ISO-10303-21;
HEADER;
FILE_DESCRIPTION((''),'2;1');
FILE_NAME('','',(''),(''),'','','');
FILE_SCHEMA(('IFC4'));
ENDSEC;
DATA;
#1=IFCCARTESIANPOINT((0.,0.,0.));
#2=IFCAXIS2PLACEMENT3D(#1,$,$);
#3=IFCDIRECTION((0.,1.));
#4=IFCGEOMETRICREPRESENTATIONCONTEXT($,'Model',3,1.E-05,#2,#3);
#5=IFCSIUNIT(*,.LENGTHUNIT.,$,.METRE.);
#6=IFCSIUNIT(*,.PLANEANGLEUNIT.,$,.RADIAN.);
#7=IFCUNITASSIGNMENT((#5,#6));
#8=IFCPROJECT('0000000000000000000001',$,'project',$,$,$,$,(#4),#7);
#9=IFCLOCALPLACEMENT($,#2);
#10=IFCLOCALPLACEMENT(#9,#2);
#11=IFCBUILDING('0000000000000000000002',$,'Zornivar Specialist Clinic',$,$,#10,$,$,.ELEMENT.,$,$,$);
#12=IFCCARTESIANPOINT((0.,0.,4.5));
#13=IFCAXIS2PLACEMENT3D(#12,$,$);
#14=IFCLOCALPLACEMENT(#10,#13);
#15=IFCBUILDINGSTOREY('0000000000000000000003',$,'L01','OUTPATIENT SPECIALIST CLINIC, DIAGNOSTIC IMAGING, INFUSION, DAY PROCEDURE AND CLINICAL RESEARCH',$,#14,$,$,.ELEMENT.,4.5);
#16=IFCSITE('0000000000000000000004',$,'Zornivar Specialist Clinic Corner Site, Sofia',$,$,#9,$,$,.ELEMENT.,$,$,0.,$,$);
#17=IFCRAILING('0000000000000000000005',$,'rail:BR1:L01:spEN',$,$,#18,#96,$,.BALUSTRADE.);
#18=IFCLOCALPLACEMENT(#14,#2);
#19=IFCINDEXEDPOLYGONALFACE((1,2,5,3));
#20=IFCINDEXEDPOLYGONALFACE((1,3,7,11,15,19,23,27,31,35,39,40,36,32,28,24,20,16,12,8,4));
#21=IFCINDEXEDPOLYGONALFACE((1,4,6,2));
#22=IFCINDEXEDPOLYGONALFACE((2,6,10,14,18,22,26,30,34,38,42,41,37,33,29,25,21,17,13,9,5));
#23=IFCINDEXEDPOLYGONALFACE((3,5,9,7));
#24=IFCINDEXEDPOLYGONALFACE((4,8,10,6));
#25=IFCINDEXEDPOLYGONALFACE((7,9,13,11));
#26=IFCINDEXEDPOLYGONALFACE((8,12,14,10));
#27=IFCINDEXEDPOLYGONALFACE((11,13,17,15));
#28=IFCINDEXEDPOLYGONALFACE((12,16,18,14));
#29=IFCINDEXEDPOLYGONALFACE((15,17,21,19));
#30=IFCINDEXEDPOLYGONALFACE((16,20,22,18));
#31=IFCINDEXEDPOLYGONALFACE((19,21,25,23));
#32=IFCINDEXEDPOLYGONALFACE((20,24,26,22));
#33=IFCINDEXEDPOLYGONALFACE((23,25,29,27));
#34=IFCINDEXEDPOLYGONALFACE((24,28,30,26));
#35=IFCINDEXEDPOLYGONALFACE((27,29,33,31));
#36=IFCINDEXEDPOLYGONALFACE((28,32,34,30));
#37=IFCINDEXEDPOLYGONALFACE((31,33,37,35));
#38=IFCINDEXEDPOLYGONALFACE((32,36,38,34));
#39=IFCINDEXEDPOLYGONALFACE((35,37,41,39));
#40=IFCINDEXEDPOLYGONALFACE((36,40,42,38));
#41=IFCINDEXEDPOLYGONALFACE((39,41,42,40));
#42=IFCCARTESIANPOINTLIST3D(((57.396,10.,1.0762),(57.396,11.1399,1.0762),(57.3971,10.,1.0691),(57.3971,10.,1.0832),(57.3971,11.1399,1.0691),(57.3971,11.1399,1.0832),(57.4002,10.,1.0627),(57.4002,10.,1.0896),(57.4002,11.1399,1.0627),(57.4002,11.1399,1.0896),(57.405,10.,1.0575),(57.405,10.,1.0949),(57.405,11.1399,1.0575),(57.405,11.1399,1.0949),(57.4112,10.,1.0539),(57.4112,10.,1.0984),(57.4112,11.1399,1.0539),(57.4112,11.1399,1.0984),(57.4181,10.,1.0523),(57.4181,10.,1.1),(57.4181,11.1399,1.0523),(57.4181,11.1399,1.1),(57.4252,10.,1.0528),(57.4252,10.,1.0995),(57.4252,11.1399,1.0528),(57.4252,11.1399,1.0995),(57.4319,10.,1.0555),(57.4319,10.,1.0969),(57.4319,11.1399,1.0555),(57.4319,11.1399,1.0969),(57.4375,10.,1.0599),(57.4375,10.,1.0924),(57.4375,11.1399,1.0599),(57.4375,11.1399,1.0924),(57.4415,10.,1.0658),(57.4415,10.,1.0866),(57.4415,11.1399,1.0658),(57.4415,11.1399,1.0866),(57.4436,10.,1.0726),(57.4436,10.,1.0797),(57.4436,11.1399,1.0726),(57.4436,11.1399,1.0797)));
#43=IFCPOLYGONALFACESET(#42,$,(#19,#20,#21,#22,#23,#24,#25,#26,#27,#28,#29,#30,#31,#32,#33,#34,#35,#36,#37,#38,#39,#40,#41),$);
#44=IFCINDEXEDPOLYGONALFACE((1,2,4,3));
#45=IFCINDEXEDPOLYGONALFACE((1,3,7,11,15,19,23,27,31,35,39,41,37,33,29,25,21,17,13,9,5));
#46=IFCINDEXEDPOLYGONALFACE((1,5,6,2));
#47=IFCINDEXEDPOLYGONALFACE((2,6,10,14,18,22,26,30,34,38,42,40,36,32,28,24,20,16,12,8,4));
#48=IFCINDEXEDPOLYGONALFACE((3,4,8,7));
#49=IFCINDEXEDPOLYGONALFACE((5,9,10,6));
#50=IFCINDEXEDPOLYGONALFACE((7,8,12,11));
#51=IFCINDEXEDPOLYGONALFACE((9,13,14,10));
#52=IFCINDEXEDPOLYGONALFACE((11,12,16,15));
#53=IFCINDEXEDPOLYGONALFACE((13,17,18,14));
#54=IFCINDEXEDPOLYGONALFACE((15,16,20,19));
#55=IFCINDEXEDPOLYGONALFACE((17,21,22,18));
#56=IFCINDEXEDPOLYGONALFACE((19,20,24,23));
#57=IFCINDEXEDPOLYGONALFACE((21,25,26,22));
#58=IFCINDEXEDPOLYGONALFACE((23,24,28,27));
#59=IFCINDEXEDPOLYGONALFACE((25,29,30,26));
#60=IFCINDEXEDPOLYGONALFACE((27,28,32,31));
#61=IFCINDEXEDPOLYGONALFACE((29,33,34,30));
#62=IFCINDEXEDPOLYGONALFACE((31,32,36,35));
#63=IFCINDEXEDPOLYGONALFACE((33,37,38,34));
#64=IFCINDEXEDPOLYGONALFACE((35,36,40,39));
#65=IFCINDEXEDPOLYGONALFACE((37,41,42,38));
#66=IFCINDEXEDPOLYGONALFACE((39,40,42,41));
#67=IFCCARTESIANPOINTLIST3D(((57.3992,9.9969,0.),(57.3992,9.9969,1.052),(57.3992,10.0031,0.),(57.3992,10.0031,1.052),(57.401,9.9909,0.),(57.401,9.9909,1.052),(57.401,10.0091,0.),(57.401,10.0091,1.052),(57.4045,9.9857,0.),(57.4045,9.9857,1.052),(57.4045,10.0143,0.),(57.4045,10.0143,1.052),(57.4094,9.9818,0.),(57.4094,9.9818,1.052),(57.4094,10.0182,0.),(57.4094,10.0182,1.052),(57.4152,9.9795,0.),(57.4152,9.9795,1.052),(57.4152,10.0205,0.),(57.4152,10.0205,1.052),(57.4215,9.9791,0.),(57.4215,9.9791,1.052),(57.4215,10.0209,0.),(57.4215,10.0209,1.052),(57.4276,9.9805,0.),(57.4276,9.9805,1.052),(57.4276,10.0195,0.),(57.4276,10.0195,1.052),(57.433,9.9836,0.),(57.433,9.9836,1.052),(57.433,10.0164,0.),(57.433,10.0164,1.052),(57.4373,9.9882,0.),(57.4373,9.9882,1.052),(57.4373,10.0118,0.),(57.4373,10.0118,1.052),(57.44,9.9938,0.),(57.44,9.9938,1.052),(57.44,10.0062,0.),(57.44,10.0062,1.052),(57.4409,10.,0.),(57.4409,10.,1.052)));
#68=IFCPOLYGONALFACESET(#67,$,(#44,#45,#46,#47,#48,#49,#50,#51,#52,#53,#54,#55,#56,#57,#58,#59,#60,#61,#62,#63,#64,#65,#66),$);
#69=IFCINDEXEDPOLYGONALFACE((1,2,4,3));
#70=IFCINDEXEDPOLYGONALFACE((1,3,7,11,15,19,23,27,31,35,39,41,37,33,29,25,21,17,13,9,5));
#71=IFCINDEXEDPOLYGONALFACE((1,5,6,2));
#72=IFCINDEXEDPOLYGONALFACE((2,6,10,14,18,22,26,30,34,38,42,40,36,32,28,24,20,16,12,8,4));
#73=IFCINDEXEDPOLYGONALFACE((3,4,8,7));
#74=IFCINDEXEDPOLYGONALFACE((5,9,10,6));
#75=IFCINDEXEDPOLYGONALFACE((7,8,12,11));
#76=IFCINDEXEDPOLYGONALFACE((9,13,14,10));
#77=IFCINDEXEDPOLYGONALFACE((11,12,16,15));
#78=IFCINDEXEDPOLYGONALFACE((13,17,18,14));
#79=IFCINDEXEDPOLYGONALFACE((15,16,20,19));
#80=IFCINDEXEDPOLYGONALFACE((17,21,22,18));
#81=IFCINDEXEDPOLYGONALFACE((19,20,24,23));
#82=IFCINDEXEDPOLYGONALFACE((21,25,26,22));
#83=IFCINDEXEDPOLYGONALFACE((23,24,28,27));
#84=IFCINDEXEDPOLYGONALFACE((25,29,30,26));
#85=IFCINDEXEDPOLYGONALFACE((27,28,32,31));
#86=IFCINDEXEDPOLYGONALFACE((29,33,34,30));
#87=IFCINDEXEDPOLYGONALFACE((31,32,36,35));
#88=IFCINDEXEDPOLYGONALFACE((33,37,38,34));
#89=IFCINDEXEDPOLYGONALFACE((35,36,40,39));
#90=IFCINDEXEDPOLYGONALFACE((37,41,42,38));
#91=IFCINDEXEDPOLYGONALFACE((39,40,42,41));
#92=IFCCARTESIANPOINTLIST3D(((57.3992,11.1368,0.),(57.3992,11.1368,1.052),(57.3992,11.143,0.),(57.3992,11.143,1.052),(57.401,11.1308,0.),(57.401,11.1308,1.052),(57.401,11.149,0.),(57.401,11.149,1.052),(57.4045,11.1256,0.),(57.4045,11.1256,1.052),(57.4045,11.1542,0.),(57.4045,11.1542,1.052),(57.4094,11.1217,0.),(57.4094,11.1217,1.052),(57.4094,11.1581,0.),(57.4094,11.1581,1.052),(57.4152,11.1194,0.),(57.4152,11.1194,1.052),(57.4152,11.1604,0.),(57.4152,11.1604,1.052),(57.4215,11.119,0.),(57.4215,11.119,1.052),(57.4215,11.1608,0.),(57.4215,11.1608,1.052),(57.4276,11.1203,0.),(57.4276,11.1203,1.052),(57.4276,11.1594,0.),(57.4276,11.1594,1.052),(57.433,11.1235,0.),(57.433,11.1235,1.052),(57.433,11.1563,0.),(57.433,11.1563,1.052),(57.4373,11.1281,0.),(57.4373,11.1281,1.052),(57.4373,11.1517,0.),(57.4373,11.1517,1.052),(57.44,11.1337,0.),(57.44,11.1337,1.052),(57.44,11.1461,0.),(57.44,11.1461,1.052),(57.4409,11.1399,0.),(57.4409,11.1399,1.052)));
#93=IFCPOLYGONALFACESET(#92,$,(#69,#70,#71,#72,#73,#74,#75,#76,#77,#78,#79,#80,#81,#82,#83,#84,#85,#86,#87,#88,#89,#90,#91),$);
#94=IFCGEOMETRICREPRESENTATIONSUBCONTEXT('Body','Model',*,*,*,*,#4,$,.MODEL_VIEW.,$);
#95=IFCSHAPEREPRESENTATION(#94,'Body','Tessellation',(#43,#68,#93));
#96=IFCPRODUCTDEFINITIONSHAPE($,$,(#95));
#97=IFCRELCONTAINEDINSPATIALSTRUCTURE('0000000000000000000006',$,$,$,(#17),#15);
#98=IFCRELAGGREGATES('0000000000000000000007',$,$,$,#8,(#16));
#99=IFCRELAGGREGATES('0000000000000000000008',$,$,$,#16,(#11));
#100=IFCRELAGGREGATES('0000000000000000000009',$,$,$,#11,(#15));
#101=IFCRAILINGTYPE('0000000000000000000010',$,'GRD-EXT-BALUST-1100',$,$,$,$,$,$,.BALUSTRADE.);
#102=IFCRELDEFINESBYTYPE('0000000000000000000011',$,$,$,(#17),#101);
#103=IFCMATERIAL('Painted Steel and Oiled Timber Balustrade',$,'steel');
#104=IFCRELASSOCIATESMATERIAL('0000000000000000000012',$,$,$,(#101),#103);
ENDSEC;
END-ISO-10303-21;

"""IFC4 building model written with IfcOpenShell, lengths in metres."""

from ifc_helpers import new_model, si_unit, direction, frame, origin, origin_2d, place, context, subcontext, project, spatial, circle, extrude, material, type_object, element, save


model = new_model("IFC4")

# Units and contexts
model_context = context("Model", 3, precision=1e-05, world=origin(), true_north=direction((0.0, 1.0)))
body_context = subcontext(model_context, "Body", "Model", "MODEL_VIEW")
ifc_project = project(units=[si_unit("LENGTHUNIT", "METRE"), si_unit("PLANEANGLEUNIT", "RADIAN")], contexts=[model_context])

# Site, building, storey
site_placement = place(None, origin())
site = spatial("IfcSite", under=ifc_project, at=site_placement, Name="Zornivar Specialist Clinic Corner Site, Sofia", CompositionType="ELEMENT", RefElevation=0.0)
building_placement = place(site_placement, origin())
building = spatial("IfcBuilding", under=site, at=building_placement, Name="Zornivar Specialist Clinic", CompositionType="ELEMENT")
storey_placement = place(building_placement, frame((0.0, 0.0, 4.5)))
storey = spatial("IfcBuildingStorey", under=building, at=storey_placement, Name="L01", Description="OUTPATIENT SPECIALIST CLINIC, DIAGNOSTIC IMAGING, INFUSION, DAY PROCEDURE AND CLINICAL RESEARCH", CompositionType="ELEMENT", Elevation=4.5)

# Railing
ifc_material_1 = material(Name="Painted Steel and Oiled Timber Balustrade", Category="steel")
railing_type = type_object("IfcRailingType", Name="GRD-EXT-BALUST-1100", PredefinedType="BALUSTRADE", material=ifc_material_1)
for number, where, name in (
    (1, (57.4199, 10.0, 0.0), "rail:BR1:L01:spEN"),
):
    element("IfcRailing", number, at=place(storey_placement, frame(where)), inside=storey, type_object=railing_type, Name=name, PredefinedType="BALUSTRADE", context=body_context, shape_type="SweptSolid", body=[
        extrude(circle(Radius=0.0239, at=origin_2d()), frame((0.0, 0.0, 1.0762), z_axis=(0.0, 1.0, 0.0), x_axis=(-1.0, 0.0, 0.0)), (0.0, 0.0, 1.0), 1.1399),
        extrude(circle(Radius=0.021, at=origin_2d()), origin(), (0.0, 0.0, 1.0), 1.052),
        extrude(circle(Radius=0.021, at=origin_2d()), frame((0.0, 1.1399, 0.0)), (0.0, 0.0, 1.0), 1.052),
    ])

save(model, "model.ifc")
